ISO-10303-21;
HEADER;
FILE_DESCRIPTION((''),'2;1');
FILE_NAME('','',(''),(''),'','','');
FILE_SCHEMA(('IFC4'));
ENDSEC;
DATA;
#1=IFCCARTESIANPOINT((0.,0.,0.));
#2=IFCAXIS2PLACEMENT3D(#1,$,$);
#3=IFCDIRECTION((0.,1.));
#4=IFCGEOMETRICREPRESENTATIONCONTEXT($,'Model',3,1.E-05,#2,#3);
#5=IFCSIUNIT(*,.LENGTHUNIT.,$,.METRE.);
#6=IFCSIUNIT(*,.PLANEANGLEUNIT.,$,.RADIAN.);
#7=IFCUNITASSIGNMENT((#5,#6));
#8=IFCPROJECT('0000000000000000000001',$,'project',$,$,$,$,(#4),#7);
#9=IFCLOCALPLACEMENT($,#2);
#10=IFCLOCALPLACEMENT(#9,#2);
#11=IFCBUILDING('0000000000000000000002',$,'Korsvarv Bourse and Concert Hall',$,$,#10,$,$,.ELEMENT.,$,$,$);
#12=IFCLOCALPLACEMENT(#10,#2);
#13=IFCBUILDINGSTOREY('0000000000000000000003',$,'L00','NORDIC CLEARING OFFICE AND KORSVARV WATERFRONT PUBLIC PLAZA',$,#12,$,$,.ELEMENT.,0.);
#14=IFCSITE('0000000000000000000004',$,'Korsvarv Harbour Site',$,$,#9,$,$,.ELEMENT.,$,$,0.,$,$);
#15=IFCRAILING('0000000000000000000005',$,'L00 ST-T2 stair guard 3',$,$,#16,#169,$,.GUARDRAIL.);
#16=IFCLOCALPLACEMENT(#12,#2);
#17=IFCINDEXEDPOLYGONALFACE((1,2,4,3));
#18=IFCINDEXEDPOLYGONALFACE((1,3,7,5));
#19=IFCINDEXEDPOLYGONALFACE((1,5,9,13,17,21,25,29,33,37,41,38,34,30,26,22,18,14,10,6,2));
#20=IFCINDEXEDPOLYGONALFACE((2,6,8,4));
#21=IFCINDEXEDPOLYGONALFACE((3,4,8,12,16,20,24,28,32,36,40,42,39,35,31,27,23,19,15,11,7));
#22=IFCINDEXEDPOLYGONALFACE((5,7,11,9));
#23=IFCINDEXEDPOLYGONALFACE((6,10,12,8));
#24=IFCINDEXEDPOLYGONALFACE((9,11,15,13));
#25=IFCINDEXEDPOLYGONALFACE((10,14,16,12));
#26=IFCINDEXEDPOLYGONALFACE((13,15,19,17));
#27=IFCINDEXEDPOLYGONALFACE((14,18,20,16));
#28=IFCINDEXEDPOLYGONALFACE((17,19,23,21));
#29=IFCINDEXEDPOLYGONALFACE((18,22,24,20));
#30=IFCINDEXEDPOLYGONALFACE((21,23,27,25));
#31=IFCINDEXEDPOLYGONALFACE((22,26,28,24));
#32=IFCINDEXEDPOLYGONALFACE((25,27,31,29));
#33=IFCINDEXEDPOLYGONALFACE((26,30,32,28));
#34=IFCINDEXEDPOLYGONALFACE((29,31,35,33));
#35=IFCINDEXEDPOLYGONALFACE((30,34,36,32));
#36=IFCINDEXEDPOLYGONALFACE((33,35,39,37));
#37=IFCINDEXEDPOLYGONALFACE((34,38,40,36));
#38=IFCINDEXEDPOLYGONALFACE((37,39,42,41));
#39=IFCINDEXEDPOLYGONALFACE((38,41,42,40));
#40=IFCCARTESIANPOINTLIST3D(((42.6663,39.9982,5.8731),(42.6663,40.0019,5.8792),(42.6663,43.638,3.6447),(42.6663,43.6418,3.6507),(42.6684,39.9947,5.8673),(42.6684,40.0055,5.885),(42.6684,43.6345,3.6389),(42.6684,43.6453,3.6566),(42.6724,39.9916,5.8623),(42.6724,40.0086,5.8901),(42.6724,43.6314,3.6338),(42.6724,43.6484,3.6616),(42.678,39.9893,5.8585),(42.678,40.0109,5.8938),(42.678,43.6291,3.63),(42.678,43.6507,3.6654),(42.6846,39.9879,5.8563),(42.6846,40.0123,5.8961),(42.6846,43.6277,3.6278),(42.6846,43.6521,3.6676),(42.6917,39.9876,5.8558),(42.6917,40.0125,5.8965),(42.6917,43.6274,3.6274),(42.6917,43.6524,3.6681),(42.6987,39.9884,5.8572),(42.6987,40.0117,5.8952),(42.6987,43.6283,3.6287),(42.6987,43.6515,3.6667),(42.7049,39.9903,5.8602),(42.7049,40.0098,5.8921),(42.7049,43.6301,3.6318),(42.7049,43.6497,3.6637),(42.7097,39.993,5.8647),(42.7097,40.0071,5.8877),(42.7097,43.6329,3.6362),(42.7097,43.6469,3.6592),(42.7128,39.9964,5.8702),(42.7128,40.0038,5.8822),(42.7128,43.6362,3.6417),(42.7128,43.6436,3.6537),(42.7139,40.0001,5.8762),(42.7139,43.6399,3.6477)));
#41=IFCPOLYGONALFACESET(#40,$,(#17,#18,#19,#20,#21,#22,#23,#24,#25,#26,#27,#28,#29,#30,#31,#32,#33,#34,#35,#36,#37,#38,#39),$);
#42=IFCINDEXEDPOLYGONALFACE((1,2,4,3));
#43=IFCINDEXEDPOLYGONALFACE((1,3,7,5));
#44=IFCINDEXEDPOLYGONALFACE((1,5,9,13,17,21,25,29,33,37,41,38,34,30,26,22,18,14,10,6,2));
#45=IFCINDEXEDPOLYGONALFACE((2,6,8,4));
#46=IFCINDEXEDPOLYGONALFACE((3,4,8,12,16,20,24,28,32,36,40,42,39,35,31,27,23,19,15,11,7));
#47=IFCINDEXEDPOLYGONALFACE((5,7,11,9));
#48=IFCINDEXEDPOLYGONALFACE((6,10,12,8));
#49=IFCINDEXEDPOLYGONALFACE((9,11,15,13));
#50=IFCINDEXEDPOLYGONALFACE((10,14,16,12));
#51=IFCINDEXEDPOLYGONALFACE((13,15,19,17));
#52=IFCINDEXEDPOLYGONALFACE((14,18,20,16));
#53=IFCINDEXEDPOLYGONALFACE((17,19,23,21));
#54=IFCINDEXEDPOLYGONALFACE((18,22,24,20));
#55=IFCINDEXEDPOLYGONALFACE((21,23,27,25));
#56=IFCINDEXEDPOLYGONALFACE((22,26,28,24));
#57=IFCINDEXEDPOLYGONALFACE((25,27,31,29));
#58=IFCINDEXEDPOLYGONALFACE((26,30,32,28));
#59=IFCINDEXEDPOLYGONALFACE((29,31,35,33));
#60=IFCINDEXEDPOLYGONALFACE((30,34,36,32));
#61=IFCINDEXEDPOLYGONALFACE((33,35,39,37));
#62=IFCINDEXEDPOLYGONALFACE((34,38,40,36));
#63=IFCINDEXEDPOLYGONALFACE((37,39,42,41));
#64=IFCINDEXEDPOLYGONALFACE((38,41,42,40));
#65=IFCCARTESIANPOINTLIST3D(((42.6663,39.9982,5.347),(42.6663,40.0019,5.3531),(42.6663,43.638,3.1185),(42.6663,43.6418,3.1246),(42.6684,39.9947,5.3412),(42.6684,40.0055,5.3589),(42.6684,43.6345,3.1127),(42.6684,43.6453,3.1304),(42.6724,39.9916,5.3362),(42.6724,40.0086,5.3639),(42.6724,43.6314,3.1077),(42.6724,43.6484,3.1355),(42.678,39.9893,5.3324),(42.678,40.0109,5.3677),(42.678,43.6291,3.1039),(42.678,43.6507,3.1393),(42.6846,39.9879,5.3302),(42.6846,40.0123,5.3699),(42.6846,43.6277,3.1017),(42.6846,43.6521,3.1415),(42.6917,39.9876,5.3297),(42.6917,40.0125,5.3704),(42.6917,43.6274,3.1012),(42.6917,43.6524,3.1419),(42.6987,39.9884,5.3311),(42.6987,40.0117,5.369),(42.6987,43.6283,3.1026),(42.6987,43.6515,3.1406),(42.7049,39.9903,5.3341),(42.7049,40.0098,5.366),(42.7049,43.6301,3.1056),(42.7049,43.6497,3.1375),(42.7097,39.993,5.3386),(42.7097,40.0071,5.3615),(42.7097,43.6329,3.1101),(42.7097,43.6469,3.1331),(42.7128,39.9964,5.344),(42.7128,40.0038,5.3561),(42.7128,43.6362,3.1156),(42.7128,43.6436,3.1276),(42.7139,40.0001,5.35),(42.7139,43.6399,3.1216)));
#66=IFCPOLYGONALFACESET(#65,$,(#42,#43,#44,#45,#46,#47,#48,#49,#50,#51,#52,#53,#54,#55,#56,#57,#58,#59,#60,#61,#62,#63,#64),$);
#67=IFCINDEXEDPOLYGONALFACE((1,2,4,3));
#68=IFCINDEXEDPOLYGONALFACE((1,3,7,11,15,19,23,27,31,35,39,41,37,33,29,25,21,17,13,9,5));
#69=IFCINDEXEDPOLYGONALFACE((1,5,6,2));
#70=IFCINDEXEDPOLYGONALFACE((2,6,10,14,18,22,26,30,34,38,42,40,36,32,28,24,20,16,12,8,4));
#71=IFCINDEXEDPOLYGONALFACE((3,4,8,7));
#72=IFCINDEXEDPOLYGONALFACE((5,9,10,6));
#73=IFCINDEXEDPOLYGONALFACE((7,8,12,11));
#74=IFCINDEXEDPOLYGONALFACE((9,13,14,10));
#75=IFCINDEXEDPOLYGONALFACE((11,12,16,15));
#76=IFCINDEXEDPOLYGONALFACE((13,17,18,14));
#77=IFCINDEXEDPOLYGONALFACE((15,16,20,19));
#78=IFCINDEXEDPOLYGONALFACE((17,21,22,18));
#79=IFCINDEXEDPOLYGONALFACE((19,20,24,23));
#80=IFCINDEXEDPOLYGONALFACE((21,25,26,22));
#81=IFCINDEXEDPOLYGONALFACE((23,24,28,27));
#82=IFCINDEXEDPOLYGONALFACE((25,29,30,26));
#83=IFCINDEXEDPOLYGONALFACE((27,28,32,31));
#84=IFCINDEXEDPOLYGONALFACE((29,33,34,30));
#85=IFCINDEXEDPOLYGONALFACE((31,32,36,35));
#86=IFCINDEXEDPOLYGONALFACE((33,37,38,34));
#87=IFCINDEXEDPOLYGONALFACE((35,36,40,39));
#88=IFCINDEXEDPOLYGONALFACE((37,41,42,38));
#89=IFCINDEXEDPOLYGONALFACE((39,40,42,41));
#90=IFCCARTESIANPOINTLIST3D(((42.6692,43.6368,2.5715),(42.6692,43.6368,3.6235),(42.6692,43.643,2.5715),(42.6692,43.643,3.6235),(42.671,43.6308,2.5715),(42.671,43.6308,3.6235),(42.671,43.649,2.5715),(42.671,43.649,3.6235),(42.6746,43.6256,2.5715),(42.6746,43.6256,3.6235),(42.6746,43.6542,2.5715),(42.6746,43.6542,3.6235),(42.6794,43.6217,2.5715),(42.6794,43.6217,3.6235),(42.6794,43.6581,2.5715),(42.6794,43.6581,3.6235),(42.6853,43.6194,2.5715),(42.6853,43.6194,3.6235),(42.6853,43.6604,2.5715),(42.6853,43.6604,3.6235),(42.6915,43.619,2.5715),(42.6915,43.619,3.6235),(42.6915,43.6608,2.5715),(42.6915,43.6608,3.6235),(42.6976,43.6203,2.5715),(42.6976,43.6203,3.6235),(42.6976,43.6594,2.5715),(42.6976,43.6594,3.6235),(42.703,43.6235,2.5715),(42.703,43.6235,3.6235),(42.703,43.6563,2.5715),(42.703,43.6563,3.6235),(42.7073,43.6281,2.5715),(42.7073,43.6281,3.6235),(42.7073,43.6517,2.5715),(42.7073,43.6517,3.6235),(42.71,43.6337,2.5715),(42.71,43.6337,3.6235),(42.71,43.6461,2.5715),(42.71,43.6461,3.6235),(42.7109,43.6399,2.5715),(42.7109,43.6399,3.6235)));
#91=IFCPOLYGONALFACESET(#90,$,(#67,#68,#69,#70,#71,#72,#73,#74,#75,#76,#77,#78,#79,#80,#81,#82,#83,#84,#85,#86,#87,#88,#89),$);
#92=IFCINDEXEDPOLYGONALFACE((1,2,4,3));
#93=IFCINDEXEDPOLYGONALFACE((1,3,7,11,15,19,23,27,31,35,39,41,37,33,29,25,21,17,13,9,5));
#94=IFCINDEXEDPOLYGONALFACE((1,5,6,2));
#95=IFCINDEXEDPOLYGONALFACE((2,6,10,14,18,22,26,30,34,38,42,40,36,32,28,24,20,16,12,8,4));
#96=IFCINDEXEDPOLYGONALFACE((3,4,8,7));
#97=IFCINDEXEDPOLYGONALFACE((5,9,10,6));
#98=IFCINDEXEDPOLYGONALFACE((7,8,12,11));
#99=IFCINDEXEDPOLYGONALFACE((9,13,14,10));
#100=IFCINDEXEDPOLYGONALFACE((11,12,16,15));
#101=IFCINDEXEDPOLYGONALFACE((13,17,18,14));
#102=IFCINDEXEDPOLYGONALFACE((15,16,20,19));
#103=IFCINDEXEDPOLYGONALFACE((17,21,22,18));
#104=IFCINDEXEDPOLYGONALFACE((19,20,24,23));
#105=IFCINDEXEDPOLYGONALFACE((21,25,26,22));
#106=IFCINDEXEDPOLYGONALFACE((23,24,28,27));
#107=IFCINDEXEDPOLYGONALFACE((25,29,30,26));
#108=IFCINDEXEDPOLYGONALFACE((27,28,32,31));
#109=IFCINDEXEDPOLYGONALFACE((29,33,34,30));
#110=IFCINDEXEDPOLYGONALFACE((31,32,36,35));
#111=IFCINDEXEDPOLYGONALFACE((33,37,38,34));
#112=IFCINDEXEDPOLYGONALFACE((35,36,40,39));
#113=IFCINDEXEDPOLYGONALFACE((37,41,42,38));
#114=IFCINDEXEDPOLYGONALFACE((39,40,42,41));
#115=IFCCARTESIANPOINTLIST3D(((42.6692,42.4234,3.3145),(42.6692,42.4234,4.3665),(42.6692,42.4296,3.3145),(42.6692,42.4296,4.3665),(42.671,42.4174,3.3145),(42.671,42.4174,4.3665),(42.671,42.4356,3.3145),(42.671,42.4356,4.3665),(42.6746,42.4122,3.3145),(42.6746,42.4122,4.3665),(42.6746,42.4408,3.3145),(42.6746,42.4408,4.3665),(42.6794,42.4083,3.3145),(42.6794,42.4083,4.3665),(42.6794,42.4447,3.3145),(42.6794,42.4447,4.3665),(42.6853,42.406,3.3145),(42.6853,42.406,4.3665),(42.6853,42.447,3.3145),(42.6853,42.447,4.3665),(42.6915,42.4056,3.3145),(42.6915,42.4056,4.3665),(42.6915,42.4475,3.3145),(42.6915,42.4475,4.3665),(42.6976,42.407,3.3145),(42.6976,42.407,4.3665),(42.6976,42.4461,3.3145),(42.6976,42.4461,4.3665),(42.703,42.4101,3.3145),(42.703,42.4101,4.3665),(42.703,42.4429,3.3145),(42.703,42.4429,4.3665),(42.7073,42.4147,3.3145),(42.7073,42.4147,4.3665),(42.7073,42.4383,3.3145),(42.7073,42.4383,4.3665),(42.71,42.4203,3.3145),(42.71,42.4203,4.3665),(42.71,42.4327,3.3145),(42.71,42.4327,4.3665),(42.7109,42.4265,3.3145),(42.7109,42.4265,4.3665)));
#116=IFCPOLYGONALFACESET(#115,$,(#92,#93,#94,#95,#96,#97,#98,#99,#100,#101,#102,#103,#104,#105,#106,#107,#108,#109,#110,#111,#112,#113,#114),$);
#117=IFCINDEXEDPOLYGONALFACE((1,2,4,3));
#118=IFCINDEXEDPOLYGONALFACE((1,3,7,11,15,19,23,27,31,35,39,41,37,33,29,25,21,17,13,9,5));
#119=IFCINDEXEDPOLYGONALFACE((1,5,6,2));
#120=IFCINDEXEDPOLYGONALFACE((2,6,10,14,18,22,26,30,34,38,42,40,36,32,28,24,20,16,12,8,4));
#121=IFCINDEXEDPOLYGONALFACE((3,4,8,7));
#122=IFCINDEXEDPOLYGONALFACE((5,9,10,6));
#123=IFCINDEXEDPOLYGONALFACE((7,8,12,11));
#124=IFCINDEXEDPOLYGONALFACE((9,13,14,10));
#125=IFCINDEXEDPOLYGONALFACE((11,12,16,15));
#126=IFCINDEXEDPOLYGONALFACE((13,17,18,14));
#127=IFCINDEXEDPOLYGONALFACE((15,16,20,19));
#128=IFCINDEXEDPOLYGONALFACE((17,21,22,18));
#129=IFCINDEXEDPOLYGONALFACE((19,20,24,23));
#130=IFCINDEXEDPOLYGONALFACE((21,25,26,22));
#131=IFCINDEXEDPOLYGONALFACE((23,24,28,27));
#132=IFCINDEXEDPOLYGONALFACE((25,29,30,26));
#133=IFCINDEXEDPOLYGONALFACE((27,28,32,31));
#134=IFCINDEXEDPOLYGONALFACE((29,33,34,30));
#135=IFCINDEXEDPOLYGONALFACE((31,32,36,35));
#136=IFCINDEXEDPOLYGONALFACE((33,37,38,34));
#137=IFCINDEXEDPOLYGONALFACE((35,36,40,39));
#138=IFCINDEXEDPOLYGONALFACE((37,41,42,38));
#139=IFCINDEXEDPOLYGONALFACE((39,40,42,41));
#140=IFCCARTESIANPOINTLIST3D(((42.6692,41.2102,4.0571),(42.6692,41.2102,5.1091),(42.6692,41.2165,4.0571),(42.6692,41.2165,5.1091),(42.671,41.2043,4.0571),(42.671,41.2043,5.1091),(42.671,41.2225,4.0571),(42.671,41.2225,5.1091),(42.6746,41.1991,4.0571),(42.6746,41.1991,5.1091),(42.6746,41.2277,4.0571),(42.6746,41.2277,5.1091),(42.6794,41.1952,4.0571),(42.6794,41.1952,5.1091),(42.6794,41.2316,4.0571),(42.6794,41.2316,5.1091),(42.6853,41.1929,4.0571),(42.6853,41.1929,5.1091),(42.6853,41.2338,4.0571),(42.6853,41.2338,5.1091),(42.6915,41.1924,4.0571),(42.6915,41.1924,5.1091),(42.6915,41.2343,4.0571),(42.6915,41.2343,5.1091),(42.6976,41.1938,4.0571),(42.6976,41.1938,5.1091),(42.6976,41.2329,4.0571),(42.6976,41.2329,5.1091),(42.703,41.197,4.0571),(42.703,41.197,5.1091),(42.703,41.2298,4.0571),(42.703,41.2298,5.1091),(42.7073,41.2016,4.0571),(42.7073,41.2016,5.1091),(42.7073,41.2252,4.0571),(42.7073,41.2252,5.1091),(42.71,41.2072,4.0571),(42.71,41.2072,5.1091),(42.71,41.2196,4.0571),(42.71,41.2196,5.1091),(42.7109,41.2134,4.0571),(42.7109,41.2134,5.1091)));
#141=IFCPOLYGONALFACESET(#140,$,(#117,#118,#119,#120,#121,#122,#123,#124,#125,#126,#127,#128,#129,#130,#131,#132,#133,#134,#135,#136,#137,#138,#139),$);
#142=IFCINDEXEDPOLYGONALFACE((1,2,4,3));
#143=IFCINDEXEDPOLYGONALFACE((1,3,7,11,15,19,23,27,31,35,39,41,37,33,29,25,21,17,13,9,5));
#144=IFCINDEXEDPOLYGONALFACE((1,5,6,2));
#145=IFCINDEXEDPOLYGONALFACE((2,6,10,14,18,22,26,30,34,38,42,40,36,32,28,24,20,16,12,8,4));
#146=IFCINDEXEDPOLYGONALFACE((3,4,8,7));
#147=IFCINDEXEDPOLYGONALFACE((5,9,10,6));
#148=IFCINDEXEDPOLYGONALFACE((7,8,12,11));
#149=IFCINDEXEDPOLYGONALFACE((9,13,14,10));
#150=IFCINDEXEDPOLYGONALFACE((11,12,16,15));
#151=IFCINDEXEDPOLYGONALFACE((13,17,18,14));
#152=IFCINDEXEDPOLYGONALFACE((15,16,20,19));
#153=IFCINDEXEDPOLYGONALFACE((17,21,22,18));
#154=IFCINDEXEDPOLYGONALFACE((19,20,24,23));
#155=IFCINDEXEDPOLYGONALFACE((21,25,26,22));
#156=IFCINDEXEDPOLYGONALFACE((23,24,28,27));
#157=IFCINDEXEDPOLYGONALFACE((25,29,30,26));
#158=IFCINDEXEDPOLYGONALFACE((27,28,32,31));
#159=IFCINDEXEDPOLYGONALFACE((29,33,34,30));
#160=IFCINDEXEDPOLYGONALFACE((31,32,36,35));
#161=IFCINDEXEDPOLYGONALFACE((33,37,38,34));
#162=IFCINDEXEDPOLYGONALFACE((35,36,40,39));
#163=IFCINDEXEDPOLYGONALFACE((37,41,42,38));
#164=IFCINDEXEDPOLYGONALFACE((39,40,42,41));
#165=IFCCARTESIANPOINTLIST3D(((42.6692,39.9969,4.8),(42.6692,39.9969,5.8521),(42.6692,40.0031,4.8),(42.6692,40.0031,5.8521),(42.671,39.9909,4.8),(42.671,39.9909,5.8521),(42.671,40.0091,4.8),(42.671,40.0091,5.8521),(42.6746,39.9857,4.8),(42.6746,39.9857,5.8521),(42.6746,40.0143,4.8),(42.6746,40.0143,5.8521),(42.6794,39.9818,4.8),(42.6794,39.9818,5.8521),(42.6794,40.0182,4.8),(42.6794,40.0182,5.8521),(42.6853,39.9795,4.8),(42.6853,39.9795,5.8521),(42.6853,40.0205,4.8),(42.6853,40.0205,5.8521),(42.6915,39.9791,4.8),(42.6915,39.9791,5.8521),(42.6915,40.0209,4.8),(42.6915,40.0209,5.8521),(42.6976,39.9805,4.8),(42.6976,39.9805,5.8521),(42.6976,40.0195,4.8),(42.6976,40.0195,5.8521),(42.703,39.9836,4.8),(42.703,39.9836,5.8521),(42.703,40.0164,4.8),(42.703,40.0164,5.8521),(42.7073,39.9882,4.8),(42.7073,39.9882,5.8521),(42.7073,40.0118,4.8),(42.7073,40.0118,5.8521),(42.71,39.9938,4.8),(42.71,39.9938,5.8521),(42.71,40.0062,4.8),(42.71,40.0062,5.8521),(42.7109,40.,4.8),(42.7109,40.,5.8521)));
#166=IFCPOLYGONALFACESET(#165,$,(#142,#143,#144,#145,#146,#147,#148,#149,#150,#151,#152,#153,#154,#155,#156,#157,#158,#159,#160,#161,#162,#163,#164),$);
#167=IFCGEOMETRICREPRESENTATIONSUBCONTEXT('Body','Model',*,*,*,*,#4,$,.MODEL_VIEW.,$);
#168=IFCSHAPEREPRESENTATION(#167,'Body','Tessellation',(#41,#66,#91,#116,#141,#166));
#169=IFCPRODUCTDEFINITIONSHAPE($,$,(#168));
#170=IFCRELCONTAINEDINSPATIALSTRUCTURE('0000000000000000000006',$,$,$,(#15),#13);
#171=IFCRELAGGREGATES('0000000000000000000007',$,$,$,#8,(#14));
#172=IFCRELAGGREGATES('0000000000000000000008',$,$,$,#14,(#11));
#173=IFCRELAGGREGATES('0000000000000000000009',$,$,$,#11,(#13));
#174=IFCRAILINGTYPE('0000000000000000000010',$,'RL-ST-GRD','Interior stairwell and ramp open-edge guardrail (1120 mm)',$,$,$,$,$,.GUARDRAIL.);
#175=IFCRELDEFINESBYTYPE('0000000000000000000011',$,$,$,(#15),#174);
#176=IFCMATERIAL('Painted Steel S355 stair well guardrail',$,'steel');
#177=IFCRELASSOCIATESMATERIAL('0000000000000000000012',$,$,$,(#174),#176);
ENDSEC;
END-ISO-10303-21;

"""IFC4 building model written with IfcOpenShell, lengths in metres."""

from ifc_helpers import new_model, si_unit, direction, frame, origin, origin_2d, place, context, subcontext, project, spatial, circle, extrude, material, type_object, element, save


model = new_model("IFC4")

# Units and contexts
model_context = context("Model", 3, precision=1e-05, world=origin(), true_north=direction((0.0, 1.0)))
body_context = subcontext(model_context, "Body", "Model", "MODEL_VIEW")
ifc_project = project(units=[si_unit("LENGTHUNIT", "METRE"), si_unit("PLANEANGLEUNIT", "RADIAN")], contexts=[model_context])

# Site, building, storey
site_placement = place(None, origin())
site = spatial("IfcSite", under=ifc_project, at=site_placement, Name="Korsvarv Harbour Site", CompositionType="ELEMENT", RefElevation=0.0)
building_placement = place(site_placement, origin())
building = spatial("IfcBuilding", under=site, at=building_placement, Name="Korsvarv Bourse and Concert Hall", CompositionType="ELEMENT")
storey_placement = place(building_placement, origin())
storey = spatial("IfcBuildingStorey", under=building, at=storey_placement, Name="L00", Description="NORDIC CLEARING OFFICE AND KORSVARV WATERFRONT PUBLIC PLAZA", CompositionType="ELEMENT", Elevation=0.0)

# Railing
ifc_material_1 = material(Name="Painted Steel S355 stair well guardrail", Category="steel")
railing_type_1 = type_object("IfcRailingType", Name="RL-ST-GRD", Description="Interior stairwell and ramp open-edge guardrail (1120 mm)", PredefinedType="GUARDRAIL", material=ifc_material_1)
railing_1_placement = place(storey_placement, frame((42.6899, 43.6399, 2.5715)))
element("IfcRailing", 1, at=railing_1_placement, inside=storey, type_object=railing_type_1, Name="L00 ST-T2 stair guard 3", PredefinedType="GUARDRAIL", context=body_context, shape_type="SweptSolid", body=[
    extrude(circle(Radius=0.0239, at=origin_2d()), frame((0.0, 0.0, 1.0762), z_axis=(0.0, -0.85285, 0.522156), x_axis=(1.0, 0.0, 0.0)), (0.0, 0.0, 1.0), 4.2678),
    extrude(circle(Radius=0.0239, at=origin_2d()), frame((0.0, 0.0, 0.55), z_axis=(0.0, -0.85285, 0.522156), x_axis=(1.0, 0.0, 0.0)), (0.0, 0.0, 1.0), 4.2678),
    extrude(circle(Radius=0.021, at=origin_2d()), origin(), (0.0, 0.0, 1.0), 1.052),
    extrude(circle(Radius=0.021, at=origin_2d()), frame((0.0, -1.2134, 0.7429)), (0.0, 0.0, 1.0), 1.052),
    extrude(circle(Radius=0.021, at=origin_2d()), frame((0.0, -2.4265, 1.4856)), (0.0, 0.0, 1.0), 1.052),
    extrude(circle(Radius=0.021, at=origin_2d()), frame((0.0, -3.6399, 2.2285)), (0.0, 0.0, 1.0), 1.052),
])

save(model, "model.ifc")
